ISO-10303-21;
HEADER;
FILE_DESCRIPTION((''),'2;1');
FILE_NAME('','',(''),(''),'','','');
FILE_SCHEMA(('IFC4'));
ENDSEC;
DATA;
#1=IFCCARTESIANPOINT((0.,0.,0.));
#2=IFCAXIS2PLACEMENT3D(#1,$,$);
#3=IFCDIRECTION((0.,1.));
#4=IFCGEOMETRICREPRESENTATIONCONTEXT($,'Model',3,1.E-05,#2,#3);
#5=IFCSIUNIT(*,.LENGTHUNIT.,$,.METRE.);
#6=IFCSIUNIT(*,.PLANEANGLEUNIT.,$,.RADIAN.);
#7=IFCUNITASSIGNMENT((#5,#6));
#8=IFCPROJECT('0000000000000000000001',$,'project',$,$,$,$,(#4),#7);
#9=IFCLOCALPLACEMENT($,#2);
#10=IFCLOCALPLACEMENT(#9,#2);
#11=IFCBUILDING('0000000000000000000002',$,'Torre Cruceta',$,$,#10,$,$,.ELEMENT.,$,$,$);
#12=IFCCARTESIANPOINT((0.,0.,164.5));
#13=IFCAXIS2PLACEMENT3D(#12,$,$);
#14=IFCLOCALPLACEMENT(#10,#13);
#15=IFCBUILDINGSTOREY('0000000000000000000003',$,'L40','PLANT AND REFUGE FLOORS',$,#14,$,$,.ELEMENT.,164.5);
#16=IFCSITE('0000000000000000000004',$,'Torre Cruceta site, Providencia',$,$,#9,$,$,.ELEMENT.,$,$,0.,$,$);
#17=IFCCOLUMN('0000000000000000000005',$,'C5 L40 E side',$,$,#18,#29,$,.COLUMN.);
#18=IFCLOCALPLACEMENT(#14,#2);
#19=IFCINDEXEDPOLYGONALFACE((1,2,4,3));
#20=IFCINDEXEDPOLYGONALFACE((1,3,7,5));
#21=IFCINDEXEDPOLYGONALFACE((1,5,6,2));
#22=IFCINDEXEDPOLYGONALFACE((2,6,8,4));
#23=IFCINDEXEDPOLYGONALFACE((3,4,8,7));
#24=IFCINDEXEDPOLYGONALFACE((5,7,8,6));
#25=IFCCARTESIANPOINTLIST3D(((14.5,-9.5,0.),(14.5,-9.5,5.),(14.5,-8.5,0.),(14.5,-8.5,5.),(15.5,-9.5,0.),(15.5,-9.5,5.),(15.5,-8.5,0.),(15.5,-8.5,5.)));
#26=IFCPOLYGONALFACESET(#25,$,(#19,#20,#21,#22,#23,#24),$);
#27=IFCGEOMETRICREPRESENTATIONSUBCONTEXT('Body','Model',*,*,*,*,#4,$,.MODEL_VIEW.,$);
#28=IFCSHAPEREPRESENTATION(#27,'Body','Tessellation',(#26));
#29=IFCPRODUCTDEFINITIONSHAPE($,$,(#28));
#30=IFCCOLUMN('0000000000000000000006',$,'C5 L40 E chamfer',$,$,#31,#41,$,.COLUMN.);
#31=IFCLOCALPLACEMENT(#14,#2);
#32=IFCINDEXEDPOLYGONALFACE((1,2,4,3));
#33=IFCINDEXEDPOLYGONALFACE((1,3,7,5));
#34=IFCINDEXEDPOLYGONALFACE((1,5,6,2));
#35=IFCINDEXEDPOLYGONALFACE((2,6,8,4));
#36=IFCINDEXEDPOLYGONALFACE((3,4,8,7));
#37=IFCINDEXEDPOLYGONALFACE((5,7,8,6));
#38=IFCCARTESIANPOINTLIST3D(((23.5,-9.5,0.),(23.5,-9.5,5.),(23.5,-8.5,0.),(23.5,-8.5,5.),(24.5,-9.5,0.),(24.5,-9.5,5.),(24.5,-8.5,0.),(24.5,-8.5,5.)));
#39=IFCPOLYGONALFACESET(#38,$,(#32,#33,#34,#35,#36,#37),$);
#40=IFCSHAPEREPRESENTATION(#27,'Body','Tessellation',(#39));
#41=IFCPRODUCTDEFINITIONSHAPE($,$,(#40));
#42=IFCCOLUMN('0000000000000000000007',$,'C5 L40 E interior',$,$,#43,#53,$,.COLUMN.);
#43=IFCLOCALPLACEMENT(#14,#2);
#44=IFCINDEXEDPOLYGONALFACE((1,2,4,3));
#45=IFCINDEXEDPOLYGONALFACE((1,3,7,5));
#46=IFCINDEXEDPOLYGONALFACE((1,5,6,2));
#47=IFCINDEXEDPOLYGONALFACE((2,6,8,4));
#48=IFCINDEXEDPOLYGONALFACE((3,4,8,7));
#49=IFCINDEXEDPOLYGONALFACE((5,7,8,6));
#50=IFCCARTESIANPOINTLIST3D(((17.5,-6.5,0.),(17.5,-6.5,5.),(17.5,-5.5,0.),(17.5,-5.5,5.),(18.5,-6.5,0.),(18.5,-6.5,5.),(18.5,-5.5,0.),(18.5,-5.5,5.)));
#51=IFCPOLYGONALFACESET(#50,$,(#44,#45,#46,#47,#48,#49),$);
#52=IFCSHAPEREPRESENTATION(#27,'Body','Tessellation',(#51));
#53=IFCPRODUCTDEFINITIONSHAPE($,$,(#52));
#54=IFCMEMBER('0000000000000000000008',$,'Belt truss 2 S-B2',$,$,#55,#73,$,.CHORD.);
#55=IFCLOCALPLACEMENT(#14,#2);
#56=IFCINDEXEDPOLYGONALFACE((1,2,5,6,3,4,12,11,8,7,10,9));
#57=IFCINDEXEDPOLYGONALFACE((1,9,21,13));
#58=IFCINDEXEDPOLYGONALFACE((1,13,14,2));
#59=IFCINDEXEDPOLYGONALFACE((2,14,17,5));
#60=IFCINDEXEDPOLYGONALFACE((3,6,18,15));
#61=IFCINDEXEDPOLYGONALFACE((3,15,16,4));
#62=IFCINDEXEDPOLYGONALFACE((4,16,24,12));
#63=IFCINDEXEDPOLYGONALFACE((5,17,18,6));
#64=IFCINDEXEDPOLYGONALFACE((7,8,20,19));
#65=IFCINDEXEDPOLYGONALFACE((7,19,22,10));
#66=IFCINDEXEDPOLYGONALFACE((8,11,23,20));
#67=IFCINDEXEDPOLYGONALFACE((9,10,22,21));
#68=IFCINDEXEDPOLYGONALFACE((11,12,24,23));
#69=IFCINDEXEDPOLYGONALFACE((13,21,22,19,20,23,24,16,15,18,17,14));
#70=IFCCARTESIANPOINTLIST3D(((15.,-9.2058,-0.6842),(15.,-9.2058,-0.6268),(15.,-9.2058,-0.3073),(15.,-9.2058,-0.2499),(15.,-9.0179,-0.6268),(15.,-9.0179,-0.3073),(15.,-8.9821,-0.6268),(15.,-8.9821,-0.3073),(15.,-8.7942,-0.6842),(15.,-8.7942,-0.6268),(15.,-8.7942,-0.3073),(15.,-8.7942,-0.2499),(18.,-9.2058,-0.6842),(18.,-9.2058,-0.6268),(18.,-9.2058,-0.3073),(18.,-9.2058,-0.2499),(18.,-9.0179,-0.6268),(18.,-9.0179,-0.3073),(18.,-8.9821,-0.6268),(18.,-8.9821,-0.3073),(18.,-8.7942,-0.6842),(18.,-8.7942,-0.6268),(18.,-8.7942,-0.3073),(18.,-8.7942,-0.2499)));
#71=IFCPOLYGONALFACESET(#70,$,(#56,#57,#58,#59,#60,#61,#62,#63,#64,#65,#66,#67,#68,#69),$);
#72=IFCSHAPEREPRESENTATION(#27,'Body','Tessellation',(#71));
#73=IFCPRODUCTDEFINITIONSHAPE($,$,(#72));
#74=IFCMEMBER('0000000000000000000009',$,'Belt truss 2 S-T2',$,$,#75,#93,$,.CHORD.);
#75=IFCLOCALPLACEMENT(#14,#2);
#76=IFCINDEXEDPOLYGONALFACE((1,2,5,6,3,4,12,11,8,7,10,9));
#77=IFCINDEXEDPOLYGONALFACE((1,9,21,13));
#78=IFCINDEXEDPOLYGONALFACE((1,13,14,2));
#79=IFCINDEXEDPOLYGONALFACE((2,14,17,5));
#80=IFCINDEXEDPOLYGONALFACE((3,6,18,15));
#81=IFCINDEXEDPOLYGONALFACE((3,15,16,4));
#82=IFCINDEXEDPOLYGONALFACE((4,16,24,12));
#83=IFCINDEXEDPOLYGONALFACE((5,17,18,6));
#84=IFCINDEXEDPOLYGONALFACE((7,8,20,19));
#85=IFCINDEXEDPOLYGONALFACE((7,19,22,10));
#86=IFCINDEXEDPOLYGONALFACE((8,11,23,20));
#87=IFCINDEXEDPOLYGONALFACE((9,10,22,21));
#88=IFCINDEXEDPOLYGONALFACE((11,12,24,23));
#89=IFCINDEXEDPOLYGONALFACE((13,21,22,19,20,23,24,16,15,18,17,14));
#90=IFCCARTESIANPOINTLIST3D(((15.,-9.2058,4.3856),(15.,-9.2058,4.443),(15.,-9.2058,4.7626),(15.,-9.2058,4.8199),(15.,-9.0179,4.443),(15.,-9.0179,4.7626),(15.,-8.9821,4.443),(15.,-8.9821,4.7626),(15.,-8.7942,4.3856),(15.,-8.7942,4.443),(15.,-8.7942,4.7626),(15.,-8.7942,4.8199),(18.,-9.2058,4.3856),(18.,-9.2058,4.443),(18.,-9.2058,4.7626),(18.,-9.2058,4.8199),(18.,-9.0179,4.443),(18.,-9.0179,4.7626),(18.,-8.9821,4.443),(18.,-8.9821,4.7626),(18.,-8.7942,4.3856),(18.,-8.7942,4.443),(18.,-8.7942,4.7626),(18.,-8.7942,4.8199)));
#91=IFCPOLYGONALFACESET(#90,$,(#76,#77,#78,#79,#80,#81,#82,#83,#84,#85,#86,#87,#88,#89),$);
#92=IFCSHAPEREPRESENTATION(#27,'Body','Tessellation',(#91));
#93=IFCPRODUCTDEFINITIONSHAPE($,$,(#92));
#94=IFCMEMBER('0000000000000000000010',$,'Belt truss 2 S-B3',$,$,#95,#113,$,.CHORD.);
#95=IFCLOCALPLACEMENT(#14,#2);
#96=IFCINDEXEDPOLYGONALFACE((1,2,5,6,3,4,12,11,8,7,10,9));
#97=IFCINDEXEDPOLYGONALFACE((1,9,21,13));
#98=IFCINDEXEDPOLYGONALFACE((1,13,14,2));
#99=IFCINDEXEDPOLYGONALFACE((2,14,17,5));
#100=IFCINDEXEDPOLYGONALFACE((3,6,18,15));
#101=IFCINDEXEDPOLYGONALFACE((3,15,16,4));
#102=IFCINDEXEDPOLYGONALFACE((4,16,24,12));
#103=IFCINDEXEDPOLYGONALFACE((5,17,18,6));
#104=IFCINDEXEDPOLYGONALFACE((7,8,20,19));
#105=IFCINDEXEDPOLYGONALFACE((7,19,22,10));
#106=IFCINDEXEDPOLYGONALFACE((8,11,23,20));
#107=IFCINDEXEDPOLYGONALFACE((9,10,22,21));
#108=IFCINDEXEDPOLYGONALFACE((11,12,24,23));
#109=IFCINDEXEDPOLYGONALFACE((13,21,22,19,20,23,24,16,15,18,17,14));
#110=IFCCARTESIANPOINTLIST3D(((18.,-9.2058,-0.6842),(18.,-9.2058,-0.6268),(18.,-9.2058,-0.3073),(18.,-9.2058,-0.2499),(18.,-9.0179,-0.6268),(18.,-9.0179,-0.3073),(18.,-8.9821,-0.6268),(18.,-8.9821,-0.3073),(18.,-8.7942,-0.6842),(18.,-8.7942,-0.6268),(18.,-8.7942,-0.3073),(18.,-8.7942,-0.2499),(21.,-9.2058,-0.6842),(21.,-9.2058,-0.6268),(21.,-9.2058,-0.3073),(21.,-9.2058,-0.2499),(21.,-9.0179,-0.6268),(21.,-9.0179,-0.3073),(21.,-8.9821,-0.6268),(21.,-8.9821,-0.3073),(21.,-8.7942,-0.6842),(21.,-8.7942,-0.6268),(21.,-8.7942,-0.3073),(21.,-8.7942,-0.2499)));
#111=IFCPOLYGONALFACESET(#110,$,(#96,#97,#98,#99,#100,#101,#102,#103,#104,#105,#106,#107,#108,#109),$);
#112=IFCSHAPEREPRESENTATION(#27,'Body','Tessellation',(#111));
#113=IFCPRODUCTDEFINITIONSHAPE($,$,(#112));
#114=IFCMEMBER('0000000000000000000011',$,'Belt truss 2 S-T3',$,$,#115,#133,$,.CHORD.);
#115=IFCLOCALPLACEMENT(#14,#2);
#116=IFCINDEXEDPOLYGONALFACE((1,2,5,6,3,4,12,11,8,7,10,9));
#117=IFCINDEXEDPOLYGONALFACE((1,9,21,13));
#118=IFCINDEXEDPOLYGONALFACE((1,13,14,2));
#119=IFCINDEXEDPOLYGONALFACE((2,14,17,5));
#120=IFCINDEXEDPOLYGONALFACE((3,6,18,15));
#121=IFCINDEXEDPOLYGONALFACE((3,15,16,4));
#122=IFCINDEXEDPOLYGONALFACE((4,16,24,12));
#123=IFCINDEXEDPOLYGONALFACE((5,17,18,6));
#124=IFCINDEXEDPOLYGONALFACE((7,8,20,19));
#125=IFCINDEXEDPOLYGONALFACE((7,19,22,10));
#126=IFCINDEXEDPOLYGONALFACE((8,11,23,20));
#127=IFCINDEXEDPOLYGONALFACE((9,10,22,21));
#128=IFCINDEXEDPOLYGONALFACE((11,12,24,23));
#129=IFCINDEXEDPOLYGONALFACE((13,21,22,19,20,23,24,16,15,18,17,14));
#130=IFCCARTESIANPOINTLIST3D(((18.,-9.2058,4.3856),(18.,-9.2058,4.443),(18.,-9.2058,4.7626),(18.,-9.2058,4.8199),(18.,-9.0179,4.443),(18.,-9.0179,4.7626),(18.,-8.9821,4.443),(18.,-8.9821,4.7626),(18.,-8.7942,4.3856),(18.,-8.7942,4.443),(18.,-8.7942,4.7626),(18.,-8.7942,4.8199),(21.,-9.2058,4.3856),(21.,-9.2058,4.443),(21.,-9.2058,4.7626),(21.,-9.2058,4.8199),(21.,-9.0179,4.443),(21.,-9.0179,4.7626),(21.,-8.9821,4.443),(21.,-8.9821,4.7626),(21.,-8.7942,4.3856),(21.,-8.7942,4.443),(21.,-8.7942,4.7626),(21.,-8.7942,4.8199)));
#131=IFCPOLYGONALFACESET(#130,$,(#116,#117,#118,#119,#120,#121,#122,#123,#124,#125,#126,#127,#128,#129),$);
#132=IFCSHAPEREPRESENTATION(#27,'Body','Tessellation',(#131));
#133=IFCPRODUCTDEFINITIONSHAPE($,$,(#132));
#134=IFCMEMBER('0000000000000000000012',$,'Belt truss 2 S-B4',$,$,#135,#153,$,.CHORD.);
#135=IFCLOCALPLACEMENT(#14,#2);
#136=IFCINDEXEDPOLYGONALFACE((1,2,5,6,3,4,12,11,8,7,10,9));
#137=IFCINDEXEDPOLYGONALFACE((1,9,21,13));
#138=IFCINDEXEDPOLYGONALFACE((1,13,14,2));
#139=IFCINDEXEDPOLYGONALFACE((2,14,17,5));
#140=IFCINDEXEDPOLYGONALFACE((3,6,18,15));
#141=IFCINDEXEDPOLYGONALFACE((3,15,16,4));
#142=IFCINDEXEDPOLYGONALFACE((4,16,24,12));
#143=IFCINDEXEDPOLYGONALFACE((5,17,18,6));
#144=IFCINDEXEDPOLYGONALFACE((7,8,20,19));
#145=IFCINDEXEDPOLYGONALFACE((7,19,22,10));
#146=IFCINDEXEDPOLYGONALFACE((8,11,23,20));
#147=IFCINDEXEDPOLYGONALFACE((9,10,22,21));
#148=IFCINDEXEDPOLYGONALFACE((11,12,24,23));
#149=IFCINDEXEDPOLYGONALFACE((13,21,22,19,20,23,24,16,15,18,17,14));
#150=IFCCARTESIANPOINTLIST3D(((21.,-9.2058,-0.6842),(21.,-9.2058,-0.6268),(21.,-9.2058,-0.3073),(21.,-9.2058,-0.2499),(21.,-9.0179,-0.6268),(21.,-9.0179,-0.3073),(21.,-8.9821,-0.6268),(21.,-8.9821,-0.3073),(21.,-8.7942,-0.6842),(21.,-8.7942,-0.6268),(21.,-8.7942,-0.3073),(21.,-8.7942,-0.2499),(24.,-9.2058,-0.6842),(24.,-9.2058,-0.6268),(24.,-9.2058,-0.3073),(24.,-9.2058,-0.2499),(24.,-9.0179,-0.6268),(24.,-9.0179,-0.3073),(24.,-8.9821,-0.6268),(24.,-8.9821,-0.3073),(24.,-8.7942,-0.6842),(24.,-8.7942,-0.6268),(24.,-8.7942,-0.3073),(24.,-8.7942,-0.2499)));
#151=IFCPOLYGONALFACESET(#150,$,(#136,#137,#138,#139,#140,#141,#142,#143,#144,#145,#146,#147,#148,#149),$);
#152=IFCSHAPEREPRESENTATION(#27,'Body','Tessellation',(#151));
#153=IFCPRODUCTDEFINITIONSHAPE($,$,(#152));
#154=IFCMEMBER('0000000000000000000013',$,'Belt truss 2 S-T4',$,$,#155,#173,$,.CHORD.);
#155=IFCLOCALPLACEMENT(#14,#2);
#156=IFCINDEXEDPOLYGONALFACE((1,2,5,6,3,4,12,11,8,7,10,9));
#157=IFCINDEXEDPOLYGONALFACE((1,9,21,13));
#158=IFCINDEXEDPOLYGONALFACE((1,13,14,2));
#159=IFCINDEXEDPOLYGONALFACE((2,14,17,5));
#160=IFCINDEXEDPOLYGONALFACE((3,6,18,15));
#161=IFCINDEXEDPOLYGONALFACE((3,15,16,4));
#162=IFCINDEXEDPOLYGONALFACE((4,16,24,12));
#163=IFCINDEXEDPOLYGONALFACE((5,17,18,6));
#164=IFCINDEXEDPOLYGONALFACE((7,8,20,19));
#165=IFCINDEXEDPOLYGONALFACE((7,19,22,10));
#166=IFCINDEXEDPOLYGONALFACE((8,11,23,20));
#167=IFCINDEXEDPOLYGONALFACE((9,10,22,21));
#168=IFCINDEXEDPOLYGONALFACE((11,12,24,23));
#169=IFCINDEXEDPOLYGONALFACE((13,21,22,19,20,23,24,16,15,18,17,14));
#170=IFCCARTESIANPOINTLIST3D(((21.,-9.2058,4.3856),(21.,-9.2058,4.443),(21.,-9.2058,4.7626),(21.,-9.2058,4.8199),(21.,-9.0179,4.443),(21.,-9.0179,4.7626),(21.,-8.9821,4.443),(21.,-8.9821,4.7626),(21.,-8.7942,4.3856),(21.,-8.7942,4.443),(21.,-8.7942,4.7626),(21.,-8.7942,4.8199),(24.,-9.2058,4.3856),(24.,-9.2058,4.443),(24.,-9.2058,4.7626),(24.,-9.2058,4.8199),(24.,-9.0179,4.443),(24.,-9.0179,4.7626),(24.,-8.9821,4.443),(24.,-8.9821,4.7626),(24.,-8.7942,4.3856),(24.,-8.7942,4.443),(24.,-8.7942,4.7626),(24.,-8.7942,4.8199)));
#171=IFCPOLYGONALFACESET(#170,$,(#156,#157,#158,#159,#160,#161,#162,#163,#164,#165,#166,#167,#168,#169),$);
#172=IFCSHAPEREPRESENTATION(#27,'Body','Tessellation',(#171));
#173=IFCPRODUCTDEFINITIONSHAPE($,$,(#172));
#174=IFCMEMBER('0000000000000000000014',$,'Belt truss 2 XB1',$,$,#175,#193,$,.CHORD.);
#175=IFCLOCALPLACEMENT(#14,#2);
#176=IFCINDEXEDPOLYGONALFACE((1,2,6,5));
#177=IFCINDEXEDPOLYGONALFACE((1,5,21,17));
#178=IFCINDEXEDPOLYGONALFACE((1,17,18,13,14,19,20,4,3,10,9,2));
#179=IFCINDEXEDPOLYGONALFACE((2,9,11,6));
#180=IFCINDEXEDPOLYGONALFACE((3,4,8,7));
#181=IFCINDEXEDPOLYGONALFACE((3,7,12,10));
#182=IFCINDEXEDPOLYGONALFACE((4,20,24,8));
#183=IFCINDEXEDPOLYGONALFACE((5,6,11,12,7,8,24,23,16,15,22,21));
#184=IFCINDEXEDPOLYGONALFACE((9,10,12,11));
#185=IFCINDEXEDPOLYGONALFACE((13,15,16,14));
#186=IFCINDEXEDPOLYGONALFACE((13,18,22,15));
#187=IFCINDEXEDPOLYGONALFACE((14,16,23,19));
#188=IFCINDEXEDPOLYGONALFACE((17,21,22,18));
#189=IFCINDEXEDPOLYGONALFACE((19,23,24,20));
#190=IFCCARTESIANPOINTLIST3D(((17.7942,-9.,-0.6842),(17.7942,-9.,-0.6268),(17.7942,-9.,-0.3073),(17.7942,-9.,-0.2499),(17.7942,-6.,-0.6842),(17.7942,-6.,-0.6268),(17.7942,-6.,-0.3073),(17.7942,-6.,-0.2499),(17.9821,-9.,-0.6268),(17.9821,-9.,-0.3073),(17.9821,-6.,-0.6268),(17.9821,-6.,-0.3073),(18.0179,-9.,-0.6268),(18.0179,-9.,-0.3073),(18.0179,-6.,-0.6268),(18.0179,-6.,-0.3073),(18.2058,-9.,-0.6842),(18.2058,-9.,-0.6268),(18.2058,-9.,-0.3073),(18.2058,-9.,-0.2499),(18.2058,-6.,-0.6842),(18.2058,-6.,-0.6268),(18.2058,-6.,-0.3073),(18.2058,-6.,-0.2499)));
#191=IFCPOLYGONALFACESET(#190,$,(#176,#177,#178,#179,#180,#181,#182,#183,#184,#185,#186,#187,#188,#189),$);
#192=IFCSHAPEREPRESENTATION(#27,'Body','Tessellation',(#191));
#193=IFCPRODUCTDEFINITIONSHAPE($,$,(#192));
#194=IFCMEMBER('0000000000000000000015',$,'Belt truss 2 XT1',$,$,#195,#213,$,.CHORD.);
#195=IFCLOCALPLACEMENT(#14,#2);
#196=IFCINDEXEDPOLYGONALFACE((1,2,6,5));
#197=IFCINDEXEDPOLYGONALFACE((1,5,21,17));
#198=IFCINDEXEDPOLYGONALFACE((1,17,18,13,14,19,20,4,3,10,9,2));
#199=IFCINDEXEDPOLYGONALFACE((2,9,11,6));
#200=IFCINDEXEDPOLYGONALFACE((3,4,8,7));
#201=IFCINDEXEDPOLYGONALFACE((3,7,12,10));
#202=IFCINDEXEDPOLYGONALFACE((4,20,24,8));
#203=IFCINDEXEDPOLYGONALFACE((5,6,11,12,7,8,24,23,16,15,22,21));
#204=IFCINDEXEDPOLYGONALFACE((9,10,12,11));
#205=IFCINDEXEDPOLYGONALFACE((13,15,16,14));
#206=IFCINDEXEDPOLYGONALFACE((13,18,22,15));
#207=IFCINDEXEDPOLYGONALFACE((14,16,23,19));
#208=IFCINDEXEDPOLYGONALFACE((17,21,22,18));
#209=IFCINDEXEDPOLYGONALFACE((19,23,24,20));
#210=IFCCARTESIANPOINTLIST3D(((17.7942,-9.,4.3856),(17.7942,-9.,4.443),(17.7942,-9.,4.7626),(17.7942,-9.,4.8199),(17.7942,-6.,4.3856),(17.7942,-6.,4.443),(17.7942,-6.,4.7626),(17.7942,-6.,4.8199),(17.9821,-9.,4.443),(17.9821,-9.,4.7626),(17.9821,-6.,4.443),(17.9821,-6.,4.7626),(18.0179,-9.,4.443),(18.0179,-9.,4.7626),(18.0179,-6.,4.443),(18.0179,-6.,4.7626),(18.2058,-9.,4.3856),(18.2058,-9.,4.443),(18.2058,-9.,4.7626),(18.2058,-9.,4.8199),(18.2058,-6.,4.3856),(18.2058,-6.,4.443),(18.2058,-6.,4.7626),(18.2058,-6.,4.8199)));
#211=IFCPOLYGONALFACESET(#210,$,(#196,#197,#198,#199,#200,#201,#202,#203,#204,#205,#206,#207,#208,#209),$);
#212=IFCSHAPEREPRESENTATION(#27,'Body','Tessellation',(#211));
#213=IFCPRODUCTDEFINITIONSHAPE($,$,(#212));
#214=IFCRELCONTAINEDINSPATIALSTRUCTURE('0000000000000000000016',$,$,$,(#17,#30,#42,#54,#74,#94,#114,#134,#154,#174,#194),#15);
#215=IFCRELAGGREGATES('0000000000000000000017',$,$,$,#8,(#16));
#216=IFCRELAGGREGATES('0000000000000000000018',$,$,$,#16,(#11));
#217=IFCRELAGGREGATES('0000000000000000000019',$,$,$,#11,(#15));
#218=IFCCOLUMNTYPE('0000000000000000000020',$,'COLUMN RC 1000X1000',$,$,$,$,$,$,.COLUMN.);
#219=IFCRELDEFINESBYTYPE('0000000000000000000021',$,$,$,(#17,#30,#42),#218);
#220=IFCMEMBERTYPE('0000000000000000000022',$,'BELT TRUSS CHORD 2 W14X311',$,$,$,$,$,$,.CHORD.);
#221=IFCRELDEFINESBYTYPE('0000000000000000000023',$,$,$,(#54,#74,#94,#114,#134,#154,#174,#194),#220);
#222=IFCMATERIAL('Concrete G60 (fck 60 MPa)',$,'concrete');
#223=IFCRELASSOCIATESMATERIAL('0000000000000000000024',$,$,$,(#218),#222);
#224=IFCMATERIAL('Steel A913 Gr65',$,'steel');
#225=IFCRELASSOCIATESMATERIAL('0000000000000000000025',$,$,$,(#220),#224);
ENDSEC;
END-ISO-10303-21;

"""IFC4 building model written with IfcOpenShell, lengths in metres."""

from ifc_helpers import new_model, si_unit, direction, frame, origin, origin_2d, place, context, subcontext, project, spatial, rectangle, i_section, extrude, material, material_profile, profile_set, type_object, element, save


model = new_model("IFC4")

# Units and contexts
model_context = context("Model", 3, precision=1e-05, world=origin(), true_north=direction((0.0, 1.0)))
body_context = subcontext(model_context, "Body", "Model", "MODEL_VIEW")
ifc_project = project(units=[si_unit("LENGTHUNIT", "METRE"), si_unit("PLANEANGLEUNIT", "RADIAN")], contexts=[model_context])

# Site, building, storey
site_placement = place(None, origin())
site = spatial("IfcSite", under=ifc_project, at=site_placement, Name="Torre Cruceta site, Providencia", CompositionType="ELEMENT", RefElevation=0.0)
building_placement = place(site_placement, origin())
building = spatial("IfcBuilding", under=site, at=building_placement, Name="Torre Cruceta", CompositionType="ELEMENT")
storey_placement = place(building_placement, frame((0.0, 0.0, 164.5)))
storey = spatial("IfcBuildingStorey", under=building, at=storey_placement, Name="L40", Description="PLANT AND REFUGE FLOORS", CompositionType="ELEMENT", Elevation=164.5)

# Columns
ifc_material_1 = material(Name="Concrete G60 (fck 60 MPa)", Category="concrete")
ifc_material_profile_1 = material_profile(ifc_material_1, rectangle(XDim=1.0, YDim=1.0, at=origin_2d()), Name="RC 1000X1000")
ifc_profile_set_1 = profile_set([ifc_material_profile_1], Name="Concrete G60 (fck 60 MPa)")
column_type = type_object("IfcColumnType", Name="COLUMN RC 1000X1000", PredefinedType="COLUMN", material=ifc_profile_set_1)
for number, where, z_axis, x_axis, name in (
    (1, (15.0, -9.0, 0.0), (0.0, 0.0, 1.0), (1.0, 0.0, 0.0), "C5 L40 E side"),
    (2, (24.0, -9.0, 0.0), (0.0, 0.0, 1.0), (1.0, 0.0, 0.0), "C5 L40 E chamfer"),
    (3, (18.0, -6.0, 0.0), (0.0, 0.0, 1.0), (1.0, 0.0, 0.0), "C5 L40 E interior"),
):
    element("IfcColumn", number, at=place(storey_placement, frame(where, z_axis=z_axis, x_axis=x_axis)), inside=storey, type_object=column_type, Name=name, PredefinedType="COLUMN", context=body_context, shape_type="SweptSolid", body=[
        extrude(rectangle(XDim=1.0, YDim=1.0, at=origin_2d()), origin(), (0.0, 0.0, 1.0), 5.0),
    ])

# Members
ifc_material_2 = material(Name="Steel A913 Gr65", Category="steel")
ifc_material_profile_2 = material_profile(ifc_material_2, i_section(OverallWidth=0.4116, OverallDepth=0.4343, WebThickness=0.0359, FlangeThickness=0.0574, at=origin_2d()), Name="W14X311")
ifc_profile_set_2 = profile_set([ifc_material_profile_2], Name="Steel A913 Gr65")
member_type_1 = type_object("IfcMemberType", Name="BELT TRUSS CHORD 2 W14X311", PredefinedType="CHORD", material=ifc_profile_set_2)
for number, where, z_axis, x_axis, name in (
    (4, (15.0, -9.0, -0.467), (1.0, 0.0, 0.0), (0.0, 1.0, 0.0), "Belt truss 2 S-B2"),
    (5, (15.0, -9.0, 4.6028), (1.0, 0.0, 0.0), (0.0, 1.0, 0.0), "Belt truss 2 S-T2"),
    (6, (18.0, -9.0, -0.467), (1.0, 0.0, 0.0), (0.0, 1.0, 0.0), "Belt truss 2 S-B3"),
    (7, (18.0, -9.0, 4.6028), (1.0, 0.0, 0.0), (0.0, 1.0, 0.0), "Belt truss 2 S-T3"),
    (8, (21.0, -9.0, -0.467), (1.0, 0.0, 0.0), (0.0, 1.0, 0.0), "Belt truss 2 S-B4"),
    (9, (21.0, -9.0, 4.6028), (1.0, 0.0, 0.0), (0.0, 1.0, 0.0), "Belt truss 2 S-T4"),
    (10, (18.0, -9.0, -0.467), (0.0, 1.0, 0.0), (-1.0, 0.0, 0.0), "Belt truss 2 XB1"),
    (11, (18.0, -9.0, 4.6028), (0.0, 1.0, 0.0), (-1.0, 0.0, 0.0), "Belt truss 2 XT1"),
):
    element("IfcMember", number, at=place(storey_placement, frame(where, z_axis=z_axis, x_axis=x_axis)), inside=storey, type_object=member_type_1, Name=name, PredefinedType="CHORD", context=body_context, shape_type="SweptSolid", body=[
        extrude(i_section(OverallWidth=0.4116, OverallDepth=0.4343, WebThickness=0.0359, FlangeThickness=0.0574, at=origin_2d()), origin(), (0.0, 0.0, 1.0), 3.0),
    ])

save(model, "model.ifc")
